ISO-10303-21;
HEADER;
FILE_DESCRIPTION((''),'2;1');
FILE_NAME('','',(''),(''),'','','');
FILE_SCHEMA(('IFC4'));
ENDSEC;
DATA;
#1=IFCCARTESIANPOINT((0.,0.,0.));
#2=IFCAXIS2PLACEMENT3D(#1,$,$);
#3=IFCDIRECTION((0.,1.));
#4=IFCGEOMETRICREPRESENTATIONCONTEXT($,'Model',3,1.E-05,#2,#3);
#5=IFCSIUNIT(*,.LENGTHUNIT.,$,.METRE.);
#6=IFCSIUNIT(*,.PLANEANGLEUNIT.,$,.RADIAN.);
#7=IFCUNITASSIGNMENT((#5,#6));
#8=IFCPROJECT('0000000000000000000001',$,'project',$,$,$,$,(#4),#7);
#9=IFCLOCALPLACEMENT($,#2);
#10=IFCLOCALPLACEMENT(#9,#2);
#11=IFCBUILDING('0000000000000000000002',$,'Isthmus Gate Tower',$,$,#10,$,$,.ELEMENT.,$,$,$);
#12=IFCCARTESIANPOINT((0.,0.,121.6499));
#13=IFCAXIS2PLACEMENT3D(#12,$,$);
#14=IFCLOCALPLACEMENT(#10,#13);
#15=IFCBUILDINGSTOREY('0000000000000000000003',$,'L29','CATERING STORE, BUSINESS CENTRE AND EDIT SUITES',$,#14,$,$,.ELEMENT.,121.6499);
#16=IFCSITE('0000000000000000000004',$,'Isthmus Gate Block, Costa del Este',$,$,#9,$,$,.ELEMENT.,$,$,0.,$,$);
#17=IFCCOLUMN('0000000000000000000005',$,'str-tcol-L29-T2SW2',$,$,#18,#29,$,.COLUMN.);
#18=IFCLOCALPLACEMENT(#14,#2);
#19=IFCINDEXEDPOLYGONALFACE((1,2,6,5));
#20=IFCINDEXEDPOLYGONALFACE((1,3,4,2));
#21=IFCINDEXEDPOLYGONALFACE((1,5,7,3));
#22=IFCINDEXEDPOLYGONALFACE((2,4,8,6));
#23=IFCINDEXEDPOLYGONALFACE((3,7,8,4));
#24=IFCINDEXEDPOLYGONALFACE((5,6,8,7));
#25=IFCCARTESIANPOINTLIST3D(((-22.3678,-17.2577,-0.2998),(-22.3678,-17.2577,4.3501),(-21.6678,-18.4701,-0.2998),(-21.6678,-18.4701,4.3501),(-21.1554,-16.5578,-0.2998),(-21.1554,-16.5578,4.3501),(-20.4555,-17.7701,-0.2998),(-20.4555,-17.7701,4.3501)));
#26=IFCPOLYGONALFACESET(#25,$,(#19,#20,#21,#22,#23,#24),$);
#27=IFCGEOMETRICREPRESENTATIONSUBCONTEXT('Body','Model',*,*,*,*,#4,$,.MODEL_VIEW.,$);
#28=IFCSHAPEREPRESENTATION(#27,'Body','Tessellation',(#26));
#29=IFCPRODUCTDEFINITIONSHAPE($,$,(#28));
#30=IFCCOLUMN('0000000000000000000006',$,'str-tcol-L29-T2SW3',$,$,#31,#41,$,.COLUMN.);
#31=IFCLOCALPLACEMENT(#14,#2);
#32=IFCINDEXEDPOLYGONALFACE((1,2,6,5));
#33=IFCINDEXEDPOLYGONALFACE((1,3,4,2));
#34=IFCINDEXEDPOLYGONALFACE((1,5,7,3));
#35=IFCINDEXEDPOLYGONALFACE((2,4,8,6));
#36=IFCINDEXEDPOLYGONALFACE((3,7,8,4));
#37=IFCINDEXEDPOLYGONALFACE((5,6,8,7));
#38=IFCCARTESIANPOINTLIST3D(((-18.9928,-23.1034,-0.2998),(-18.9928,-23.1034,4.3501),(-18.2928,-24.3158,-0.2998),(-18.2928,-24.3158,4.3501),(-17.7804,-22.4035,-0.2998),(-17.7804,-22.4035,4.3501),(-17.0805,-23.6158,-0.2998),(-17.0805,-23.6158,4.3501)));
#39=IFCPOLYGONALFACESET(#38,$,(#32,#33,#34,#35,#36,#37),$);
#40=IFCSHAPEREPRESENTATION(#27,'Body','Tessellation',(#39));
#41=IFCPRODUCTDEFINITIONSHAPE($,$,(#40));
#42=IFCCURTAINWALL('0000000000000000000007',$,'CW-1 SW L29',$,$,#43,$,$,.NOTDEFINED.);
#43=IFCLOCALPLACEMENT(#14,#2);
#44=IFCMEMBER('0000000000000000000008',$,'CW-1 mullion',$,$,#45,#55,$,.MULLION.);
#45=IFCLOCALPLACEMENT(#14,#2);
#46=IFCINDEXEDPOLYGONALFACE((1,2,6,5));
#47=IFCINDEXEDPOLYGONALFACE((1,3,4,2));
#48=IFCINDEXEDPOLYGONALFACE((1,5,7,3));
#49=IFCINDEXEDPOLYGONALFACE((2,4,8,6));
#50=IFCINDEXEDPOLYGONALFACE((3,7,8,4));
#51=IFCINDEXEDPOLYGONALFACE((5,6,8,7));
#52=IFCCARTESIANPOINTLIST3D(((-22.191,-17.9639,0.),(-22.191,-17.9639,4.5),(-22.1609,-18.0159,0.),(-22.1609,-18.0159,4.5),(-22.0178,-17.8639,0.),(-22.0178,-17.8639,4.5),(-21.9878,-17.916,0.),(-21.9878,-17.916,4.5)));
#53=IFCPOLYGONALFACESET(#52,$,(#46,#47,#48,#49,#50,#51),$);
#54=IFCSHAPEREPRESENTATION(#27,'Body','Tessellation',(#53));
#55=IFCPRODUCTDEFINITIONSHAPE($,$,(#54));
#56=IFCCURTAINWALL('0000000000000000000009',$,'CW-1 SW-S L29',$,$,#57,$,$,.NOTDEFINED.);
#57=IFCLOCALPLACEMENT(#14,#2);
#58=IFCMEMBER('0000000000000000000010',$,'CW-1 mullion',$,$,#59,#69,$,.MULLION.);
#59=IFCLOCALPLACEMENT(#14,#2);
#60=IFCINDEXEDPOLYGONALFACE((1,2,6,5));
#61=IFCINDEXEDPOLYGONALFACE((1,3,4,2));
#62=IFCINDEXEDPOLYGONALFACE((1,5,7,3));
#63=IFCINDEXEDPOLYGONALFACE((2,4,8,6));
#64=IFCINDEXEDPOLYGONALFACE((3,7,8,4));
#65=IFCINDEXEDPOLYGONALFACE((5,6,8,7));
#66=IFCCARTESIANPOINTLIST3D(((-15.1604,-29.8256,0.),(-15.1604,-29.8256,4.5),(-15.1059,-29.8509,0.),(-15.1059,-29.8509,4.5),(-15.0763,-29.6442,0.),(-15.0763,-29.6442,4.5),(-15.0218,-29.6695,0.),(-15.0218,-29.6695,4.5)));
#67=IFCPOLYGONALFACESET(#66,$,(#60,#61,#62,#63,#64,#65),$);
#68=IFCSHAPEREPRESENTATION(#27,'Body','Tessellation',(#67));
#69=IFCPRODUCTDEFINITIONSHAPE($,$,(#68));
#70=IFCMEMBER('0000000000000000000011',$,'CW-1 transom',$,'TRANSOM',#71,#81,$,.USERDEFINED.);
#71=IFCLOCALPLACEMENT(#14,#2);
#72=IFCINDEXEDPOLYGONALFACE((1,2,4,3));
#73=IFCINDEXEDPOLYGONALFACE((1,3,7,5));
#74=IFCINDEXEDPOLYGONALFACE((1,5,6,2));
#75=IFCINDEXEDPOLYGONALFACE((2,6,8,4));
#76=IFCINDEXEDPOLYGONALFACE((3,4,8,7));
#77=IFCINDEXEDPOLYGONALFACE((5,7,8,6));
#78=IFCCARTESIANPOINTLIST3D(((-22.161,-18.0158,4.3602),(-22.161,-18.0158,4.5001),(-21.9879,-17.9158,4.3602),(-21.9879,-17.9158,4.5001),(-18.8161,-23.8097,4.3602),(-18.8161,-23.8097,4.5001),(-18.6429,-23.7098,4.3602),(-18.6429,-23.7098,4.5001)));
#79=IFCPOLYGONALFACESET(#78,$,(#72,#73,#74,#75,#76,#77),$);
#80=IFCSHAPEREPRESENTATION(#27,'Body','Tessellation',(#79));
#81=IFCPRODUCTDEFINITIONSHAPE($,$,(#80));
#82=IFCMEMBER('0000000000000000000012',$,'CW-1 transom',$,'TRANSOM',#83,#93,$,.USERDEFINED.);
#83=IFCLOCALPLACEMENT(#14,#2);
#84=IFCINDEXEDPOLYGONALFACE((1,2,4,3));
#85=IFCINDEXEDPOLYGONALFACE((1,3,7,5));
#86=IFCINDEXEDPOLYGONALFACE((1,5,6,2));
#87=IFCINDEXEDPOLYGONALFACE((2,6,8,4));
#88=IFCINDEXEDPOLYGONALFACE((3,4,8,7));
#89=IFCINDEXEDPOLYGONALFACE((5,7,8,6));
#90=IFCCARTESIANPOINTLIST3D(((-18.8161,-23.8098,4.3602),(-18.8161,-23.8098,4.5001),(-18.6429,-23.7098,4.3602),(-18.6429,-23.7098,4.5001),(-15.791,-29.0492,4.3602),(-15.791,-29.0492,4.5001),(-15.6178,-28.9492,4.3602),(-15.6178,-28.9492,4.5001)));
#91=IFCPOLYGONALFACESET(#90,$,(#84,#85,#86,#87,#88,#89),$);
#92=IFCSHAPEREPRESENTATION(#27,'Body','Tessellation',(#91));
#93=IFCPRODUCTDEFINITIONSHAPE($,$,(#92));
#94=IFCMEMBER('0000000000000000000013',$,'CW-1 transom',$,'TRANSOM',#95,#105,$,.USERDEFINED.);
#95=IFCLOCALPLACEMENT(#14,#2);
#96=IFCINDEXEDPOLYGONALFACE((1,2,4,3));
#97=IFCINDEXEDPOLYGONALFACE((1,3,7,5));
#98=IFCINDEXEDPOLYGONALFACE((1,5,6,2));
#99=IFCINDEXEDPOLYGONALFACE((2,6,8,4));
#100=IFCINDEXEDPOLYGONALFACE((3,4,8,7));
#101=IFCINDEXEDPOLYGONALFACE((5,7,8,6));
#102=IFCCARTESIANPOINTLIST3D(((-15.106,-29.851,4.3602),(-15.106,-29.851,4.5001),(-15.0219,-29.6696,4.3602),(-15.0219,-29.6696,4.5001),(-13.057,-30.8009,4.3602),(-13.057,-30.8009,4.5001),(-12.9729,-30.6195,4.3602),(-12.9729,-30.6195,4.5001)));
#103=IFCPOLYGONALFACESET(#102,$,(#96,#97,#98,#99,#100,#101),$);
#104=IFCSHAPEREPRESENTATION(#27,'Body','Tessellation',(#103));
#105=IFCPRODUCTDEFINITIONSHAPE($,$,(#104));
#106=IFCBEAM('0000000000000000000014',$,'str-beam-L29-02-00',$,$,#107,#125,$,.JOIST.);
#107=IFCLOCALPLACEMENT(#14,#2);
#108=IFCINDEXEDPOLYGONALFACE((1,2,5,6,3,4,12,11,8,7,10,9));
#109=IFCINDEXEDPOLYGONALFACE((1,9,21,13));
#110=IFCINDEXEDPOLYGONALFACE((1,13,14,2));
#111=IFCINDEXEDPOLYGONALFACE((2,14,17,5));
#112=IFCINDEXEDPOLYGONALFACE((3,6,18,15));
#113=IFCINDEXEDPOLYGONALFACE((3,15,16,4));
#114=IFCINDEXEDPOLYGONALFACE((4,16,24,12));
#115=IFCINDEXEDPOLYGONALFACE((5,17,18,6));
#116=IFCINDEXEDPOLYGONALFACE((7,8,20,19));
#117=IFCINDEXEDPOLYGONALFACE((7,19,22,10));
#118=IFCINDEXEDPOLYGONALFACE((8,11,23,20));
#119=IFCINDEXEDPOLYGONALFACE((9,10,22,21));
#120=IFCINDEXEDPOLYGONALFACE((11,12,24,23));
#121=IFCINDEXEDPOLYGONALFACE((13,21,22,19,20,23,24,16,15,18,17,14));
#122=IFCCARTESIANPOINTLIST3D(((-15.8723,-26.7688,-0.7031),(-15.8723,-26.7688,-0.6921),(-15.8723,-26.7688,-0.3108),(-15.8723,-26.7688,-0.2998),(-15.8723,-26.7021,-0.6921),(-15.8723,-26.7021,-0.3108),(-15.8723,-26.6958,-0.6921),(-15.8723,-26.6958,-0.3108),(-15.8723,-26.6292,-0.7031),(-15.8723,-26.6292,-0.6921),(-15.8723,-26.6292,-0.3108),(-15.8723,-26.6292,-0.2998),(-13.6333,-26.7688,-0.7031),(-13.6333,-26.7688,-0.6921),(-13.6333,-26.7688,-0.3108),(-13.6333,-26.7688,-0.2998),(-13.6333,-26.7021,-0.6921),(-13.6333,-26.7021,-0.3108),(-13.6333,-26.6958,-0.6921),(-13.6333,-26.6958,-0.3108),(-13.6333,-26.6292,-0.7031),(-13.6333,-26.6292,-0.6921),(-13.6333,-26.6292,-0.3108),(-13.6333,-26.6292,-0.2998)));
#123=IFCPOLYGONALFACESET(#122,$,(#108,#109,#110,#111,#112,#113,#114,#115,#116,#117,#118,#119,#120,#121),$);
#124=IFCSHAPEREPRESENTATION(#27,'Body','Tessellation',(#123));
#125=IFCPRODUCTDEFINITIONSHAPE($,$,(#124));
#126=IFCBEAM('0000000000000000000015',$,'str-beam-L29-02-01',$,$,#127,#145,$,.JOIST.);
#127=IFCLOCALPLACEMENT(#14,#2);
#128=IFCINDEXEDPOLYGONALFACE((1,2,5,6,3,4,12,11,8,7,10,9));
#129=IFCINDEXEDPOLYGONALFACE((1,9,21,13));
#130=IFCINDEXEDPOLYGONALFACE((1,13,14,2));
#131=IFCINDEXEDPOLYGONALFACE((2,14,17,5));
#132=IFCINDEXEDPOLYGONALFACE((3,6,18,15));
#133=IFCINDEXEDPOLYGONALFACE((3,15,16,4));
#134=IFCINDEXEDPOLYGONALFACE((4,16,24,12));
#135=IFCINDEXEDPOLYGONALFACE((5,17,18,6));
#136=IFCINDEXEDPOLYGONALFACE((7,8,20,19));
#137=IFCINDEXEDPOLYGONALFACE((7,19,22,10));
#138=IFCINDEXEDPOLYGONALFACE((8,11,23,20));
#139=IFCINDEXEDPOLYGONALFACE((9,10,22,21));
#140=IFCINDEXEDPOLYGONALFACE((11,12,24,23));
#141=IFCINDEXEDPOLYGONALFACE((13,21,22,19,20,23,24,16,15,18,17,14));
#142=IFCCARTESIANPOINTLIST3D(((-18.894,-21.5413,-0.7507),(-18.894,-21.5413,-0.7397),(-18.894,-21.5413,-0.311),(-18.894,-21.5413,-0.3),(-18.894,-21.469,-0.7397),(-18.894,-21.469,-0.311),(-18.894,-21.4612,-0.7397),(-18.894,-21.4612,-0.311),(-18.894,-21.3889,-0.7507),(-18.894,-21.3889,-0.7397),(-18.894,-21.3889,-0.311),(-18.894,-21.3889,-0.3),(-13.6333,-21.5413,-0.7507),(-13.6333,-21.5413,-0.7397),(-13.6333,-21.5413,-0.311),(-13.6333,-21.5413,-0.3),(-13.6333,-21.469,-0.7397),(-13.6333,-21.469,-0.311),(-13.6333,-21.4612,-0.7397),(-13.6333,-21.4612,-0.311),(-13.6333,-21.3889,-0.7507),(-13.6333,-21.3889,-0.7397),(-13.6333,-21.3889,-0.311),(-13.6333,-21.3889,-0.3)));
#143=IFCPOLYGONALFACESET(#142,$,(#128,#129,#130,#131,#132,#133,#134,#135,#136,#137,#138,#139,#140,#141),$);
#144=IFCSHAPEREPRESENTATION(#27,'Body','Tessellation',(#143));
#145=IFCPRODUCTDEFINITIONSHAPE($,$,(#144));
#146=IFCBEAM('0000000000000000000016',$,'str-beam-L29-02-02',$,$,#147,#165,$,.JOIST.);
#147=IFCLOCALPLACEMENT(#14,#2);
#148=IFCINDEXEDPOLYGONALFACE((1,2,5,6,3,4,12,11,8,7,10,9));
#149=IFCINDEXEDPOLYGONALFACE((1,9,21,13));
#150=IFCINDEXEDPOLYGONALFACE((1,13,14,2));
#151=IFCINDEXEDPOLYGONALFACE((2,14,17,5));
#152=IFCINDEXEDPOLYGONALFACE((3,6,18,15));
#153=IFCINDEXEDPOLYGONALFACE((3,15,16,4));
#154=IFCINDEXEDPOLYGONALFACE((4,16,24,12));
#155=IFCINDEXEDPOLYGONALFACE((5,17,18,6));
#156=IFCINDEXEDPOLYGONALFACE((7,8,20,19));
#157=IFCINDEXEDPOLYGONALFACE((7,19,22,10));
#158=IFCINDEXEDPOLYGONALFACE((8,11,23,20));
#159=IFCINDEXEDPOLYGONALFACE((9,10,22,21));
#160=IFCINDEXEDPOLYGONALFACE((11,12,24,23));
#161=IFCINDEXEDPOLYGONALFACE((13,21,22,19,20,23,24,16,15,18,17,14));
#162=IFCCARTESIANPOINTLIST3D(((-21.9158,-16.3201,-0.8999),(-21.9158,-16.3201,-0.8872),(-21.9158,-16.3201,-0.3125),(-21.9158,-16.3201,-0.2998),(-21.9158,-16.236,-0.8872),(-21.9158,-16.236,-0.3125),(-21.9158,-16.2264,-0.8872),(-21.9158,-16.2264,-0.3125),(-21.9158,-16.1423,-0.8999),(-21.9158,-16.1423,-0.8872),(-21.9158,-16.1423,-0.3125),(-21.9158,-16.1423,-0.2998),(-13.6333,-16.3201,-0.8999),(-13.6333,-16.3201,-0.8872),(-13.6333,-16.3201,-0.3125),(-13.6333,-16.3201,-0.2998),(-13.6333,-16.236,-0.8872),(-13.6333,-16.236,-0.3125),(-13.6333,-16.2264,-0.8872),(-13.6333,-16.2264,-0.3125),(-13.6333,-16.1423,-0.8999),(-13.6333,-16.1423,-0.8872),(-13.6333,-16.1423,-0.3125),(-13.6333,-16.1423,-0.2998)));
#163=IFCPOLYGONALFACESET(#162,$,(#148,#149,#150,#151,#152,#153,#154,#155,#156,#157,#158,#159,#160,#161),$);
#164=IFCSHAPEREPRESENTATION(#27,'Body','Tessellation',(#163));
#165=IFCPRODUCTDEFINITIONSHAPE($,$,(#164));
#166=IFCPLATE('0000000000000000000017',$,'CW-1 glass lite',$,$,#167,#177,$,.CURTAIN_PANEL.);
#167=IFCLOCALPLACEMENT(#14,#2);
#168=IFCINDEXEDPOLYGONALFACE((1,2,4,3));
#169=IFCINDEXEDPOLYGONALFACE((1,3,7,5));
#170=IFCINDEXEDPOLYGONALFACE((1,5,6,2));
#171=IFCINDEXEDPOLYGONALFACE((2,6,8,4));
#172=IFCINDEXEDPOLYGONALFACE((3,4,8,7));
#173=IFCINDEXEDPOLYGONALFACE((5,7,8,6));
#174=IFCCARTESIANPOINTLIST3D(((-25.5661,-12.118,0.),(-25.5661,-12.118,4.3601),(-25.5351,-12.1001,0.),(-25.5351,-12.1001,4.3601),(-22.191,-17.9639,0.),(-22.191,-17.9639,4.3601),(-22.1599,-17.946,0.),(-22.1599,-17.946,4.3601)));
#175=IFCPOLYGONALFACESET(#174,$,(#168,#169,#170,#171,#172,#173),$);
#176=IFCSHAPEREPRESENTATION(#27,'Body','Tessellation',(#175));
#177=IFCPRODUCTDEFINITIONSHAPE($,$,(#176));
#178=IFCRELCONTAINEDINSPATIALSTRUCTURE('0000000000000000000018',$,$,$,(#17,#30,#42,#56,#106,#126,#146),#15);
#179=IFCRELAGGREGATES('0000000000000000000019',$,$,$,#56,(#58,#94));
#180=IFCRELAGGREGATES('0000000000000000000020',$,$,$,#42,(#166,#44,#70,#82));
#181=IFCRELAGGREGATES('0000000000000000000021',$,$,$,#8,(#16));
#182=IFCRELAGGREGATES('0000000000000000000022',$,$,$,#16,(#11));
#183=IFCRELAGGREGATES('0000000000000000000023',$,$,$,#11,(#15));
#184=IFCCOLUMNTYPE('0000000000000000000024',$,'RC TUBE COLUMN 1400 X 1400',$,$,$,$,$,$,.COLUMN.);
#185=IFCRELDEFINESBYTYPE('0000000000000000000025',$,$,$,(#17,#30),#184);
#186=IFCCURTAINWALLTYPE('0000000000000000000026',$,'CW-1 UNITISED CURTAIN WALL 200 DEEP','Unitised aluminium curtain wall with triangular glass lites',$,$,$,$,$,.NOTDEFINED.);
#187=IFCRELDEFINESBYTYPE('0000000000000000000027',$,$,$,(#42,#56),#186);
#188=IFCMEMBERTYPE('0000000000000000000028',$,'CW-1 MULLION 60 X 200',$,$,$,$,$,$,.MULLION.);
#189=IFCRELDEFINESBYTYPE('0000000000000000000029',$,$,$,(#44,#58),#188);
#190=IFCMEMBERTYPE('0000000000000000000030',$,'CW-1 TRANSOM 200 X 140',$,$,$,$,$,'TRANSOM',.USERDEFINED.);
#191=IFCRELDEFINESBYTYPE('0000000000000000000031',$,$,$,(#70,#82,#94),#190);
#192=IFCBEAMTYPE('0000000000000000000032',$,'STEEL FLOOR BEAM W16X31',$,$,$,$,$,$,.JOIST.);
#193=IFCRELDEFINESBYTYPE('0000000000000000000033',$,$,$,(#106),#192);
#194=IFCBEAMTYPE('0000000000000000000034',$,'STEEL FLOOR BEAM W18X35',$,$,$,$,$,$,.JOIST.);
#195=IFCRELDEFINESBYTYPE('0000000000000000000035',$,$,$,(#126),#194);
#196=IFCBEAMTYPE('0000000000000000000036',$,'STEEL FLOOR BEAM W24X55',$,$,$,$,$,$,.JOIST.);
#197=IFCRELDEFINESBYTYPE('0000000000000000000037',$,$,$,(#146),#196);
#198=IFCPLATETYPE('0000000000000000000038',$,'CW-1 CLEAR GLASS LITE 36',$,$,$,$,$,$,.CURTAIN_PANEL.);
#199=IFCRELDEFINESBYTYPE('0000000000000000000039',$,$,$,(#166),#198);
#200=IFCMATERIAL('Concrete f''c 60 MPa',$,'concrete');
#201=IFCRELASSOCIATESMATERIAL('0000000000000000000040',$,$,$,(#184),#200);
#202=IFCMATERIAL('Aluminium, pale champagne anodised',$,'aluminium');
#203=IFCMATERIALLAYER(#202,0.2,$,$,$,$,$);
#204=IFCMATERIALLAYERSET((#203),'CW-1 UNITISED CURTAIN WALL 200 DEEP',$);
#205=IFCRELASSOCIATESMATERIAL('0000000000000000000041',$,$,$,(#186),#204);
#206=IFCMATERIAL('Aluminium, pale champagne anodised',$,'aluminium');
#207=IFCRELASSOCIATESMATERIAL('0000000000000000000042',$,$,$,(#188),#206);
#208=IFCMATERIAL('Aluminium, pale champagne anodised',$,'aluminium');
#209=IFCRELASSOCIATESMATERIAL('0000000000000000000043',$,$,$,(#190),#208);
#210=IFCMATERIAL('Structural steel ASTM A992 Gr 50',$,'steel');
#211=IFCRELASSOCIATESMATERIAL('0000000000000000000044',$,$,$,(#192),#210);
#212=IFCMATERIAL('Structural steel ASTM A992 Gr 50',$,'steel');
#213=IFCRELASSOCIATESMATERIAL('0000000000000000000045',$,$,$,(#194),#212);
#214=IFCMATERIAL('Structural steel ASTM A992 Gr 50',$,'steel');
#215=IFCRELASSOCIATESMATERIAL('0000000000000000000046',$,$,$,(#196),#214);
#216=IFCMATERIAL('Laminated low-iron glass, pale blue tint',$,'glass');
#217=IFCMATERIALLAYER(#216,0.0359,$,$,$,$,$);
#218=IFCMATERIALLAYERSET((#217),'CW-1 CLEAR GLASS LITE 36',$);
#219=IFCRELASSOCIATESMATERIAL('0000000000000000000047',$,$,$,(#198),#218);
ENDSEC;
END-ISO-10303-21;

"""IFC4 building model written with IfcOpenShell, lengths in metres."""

from ifc_helpers import new_model, si_unit, direction, frame, origin, origin_2d, place, context, subcontext, project, spatial, rectangle, i_section, extrude, material, layer, layer_set, material_profile, profile_set, type_object, element, aggregate, save


model = new_model("IFC4")

# Units and contexts
model_context = context("Model", 3, precision=1e-05, world=origin(), true_north=direction((0.0, 1.0)))
body_context = subcontext(model_context, "Body", "Model", "MODEL_VIEW")
ifc_project = project(units=[si_unit("LENGTHUNIT", "METRE"), si_unit("PLANEANGLEUNIT", "RADIAN")], contexts=[model_context])

# Site, building, storey
site_placement = place(None, origin())
site = spatial("IfcSite", under=ifc_project, at=site_placement, Name="Isthmus Gate Block, Costa del Este", CompositionType="ELEMENT", RefElevation=0.0)
building_placement = place(site_placement, origin())
building = spatial("IfcBuilding", under=site, at=building_placement, Name="Isthmus Gate Tower", CompositionType="ELEMENT")
storey_placement = place(building_placement, frame((0.0, 0.0, 121.6499)))
storey = spatial("IfcBuildingStorey", under=building, at=storey_placement, Name="L29", Description="CATERING STORE, BUSINESS CENTRE AND EDIT SUITES", CompositionType="ELEMENT", Elevation=121.6499)

# Columns
ifc_material_1 = material(Name="Concrete f'c 60 MPa", Category="concrete")
ifc_material_profile_1 = material_profile(ifc_material_1, rectangle(XDim=1.3999, YDim=1.3999, at=origin_2d()), Name="RC 1400X1400")
ifc_profile_set_1 = profile_set([ifc_material_profile_1], Name="Concrete f'c 60 MPa")
column_type = type_object("IfcColumnType", Name="RC TUBE COLUMN 1400 X 1400", PredefinedType="COLUMN", material=ifc_profile_set_1)
for number, where, z_axis, x_axis, name in (
    (1, (-21.4116, -17.5139, -0.2998), (0.0, 0.0, 1.0), (0.5, -0.866025, 0.0), "str-tcol-L29-T2SW2"),
    (2, (-18.0366, -23.3596, -0.2998), (0.0, 0.0, 1.0), (0.5, -0.866025, 0.0), "str-tcol-L29-T2SW3"),
):
    element("IfcColumn", number, at=place(storey_placement, frame(where, z_axis=z_axis, x_axis=x_axis)), inside=storey, type_object=column_type, Name=name, PredefinedType="COLUMN", context=body_context, shape_type="SweptSolid", body=[
        extrude(rectangle(XDim=1.3999, YDim=1.3999, at=origin_2d()), origin(), (0.0, 0.0, 1.0), 4.6499),
    ])

# Curtain walls, members
ifc_material_2 = material(Name="Aluminium, pale champagne anodised", Category="aluminium")
ifc_layer_1 = layer(ifc_material_2, 0.2)
ifc_layer_set_1 = layer_set([ifc_layer_1], Name="CW-1 UNITISED CURTAIN WALL 200 DEEP")
curtain_wall_type = type_object("IfcCurtainWallType", Name="CW-1 UNITISED CURTAIN WALL 200 DEEP", Description="Unitised aluminium curtain wall with triangular glass lites", PredefinedType="NOTDEFINED", material=ifc_layer_set_1)
curtain_wall_1_placement = place(storey_placement, origin())
curtain_wall_1 = element("IfcCurtainWall", 3, at=curtain_wall_1_placement, inside=storey, type_object=curtain_wall_type, Name="CW-1 SW L29", PredefinedType="NOTDEFINED")
ifc_material_3 = material(Name="Aluminium, pale champagne anodised", Category="aluminium")
ifc_material_profile_2 = material_profile(ifc_material_3, rectangle(XDim=0.0601, YDim=0.2, at=origin_2d()), Name="60x200")
ifc_profile_set_2 = profile_set([ifc_material_profile_2], Name="Aluminium, pale champagne anodised")
member_type_1 = type_object("IfcMemberType", Name="CW-1 MULLION 60 X 200", PredefinedType="MULLION", material=ifc_profile_set_2)
member_1_placement = place(storey_placement, frame((-22.0894, -17.9399, 0.0), z_axis=(0.0, 0.0, 1.0), x_axis=(0.5, -0.866025, 0.0)))
member_1 = element("IfcMember", 4, at=member_1_placement, type_object=member_type_1, Name="CW-1 mullion", PredefinedType="MULLION", context=body_context, shape_type="SweptSolid", body=[
    extrude(rectangle(XDim=0.0601, YDim=0.2, at=origin_2d()), origin(), (0.0, 0.0, 1.0), 4.5),
])
curtain_wall_2_placement = place(storey_placement, origin())
curtain_wall_2 = element("IfcCurtainWall", 5, at=curtain_wall_2_placement, inside=storey, type_object=curtain_wall_type, Name="CW-1 SW-S L29", PredefinedType="NOTDEFINED")
member_2_placement = place(storey_placement, frame((-15.0911, -29.7476, 0.0), z_axis=(0.0, 0.0, 1.0), x_axis=(0.907256, -0.420578, 0.0)))
member_2 = element("IfcMember", 6, at=member_2_placement, type_object=member_type_1, Name="CW-1 mullion", PredefinedType="MULLION", context=body_context, shape_type="SweptSolid", body=[
    extrude(rectangle(XDim=0.0601, YDim=0.2, at=origin_2d()), origin(), (0.0, 0.0, 1.0), 4.5),
])

# Members
ifc_material_4 = material(Name="Aluminium, pale champagne anodised", Category="aluminium")
ifc_material_profile_3 = material_profile(ifc_material_4, rectangle(XDim=0.2, YDim=0.1399, at=origin_2d()), Name="200x140")
ifc_profile_set_3 = profile_set([ifc_material_profile_3], Name="Aluminium, pale champagne anodised")
member_type_2 = type_object("IfcMemberType", Name="CW-1 TRANSOM 200 X 140", ElementType="TRANSOM", PredefinedType="USERDEFINED", material=ifc_profile_set_3)
member_3_placement = place(storey_placement, frame((-22.0745, -17.9658, 4.4302), z_axis=(0.499981, -0.866036, 0.0), x_axis=(0.866036, 0.499981, 0.0)))
member_3 = element("IfcMember", 7, at=member_3_placement, type_object=member_type_2, Name="CW-1 transom", ObjectType="TRANSOM", PredefinedType="USERDEFINED", context=body_context, shape_type="SweptSolid", body=[
    extrude(rectangle(XDim=0.2, YDim=0.1399, at=origin_2d()), origin(), (0.0, 0.0, 1.0), 6.6902),
])
member_4_placement = place(storey_placement, frame((-18.7295, -23.7598, 4.4302), z_axis=(0.500015, -0.866017, 0.0), x_axis=(0.866017, 0.500015, 0.0)))
member_4 = element("IfcMember", 8, at=member_4_placement, type_object=member_type_2, Name="CW-1 transom", ObjectType="TRANSOM", PredefinedType="USERDEFINED", context=body_context, shape_type="SweptSolid", body=[
    extrude(rectangle(XDim=0.2, YDim=0.1399, at=origin_2d()), origin(), (0.0, 0.0, 1.0), 6.05),
])
member_5_placement = place(storey_placement, frame((-15.064, -29.7603, 4.4302), z_axis=(0.907246, -0.4206, 0.0), x_axis=(0.4206, 0.907246, 0.0)))
member_5 = element("IfcMember", 9, at=member_5_placement, type_object=member_type_2, Name="CW-1 transom", ObjectType="TRANSOM", PredefinedType="USERDEFINED", context=body_context, shape_type="SweptSolid", body=[
    extrude(rectangle(XDim=0.2, YDim=0.1399, at=origin_2d()), origin(), (0.0, 0.0, 1.0), 2.2585),
])
aggregate(curtain_wall_2, [member_2, member_5])

# Beams
ifc_material_5 = material(Name="Structural steel ASTM A992 Gr 50", Category="steel")
ifc_material_profile_4 = material_profile(ifc_material_5, i_section(OverallWidth=0.1396, OverallDepth=0.4033, WebThickness=0.0063, FlangeThickness=0.011, at=origin_2d()), Name="W16X31")
ifc_profile_set_4 = profile_set([ifc_material_profile_4], Name="Structural steel ASTM A992 Gr 50")
beam_type_1 = type_object("IfcBeamType", Name="STEEL FLOOR BEAM W16X31", PredefinedType="JOIST", material=ifc_profile_set_4)
beam_1_placement = place(storey_placement, frame((-15.8723, -26.699, -0.5015), z_axis=(1.0, 0.0, 0.0), x_axis=(0.0, 1.0, 0.0)))
element("IfcBeam", 10, at=beam_1_placement, inside=storey, type_object=beam_type_1, Name="str-beam-L29-02-00", PredefinedType="JOIST", context=body_context, shape_type="SweptSolid", body=[
    extrude(i_section(OverallWidth=0.1396, OverallDepth=0.4033, WebThickness=0.0063, FlangeThickness=0.011, at=origin_2d()), origin(), (0.0, 0.0, 1.0), 2.239),
])
ifc_material_6 = material(Name="Structural steel ASTM A992 Gr 50", Category="steel")
ifc_material_profile_5 = material_profile(ifc_material_6, i_section(OverallWidth=0.1523, OverallDepth=0.4507, WebThickness=0.0078, FlangeThickness=0.011, at=origin_2d()), Name="W18X35")
ifc_profile_set_5 = profile_set([ifc_material_profile_5], Name="Structural steel ASTM A992 Gr 50")
beam_type_2 = type_object("IfcBeamType", Name="STEEL FLOOR BEAM W18X35", PredefinedType="JOIST", material=ifc_profile_set_5)
beam_2_placement = place(storey_placement, frame((-18.894, -21.4651, -0.5254), z_axis=(1.0, 0.0, 0.0), x_axis=(0.0, 1.0, 0.0)))
element("IfcBeam", 11, at=beam_2_placement, inside=storey, type_object=beam_type_2, Name="str-beam-L29-02-01", PredefinedType="JOIST", context=body_context, shape_type="SweptSolid", body=[
    extrude(i_section(OverallWidth=0.1523, OverallDepth=0.4507, WebThickness=0.0078, FlangeThickness=0.011, at=origin_2d()), origin(), (0.0, 0.0, 1.0), 5.2607),
])
ifc_material_7 = material(Name="Structural steel ASTM A992 Gr 50", Category="steel")
ifc_material_profile_6 = material_profile(ifc_material_7, i_section(OverallWidth=0.1777, OverallDepth=0.6001, WebThickness=0.0095, FlangeThickness=0.0127, at=origin_2d()), Name="W24X55")
ifc_profile_set_6 = profile_set([ifc_material_profile_6], Name="Structural steel ASTM A992 Gr 50")
beam_type_3 = type_object("IfcBeamType", Name="STEEL FLOOR BEAM W24X55", PredefinedType="JOIST", material=ifc_profile_set_6)
beam_3_placement = place(storey_placement, frame((-21.9158, -16.2312, -0.5999), z_axis=(1.0, 0.0, 0.0), x_axis=(0.0, 1.0, 0.0)))
element("IfcBeam", 12, at=beam_3_placement, inside=storey, type_object=beam_type_3, Name="str-beam-L29-02-02", PredefinedType="JOIST", context=body_context, shape_type="SweptSolid", body=[
    extrude(i_section(OverallWidth=0.1777, OverallDepth=0.6001, WebThickness=0.0095, FlangeThickness=0.0127, at=origin_2d()), origin(), (0.0, 0.0, 1.0), 8.2825),
])

# Plate
ifc_material_8 = material(Name="Laminated low-iron glass, pale blue tint", Category="glass")
ifc_layer_2 = layer(ifc_material_8, 0.0359)
ifc_layer_set_2 = layer_set([ifc_layer_2], Name="CW-1 CLEAR GLASS LITE 36")
plate_type = type_object("IfcPlateType", Name="CW-1 CLEAR GLASS LITE 36", PredefinedType="CURTAIN_PANEL", material=ifc_layer_set_2)
plate_1_placement = place(storey_placement, frame((-23.863, -15.032, 0.0), z_axis=(0.0, 0.0, 1.0), x_axis=(0.5, -0.866025, 0.0)))
plate_1 = element("IfcPlate", 13, at=plate_1_placement, type_object=plate_type, Name="CW-1 glass lite", PredefinedType="CURTAIN_PANEL", context=body_context, shape_type="SweptSolid", body=[
    extrude(rectangle(XDim=6.7502, YDim=0.0359, at=origin_2d()), origin(), (0.0, 0.0, 1.0), 4.3601),
])
aggregate(curtain_wall_1, [plate_1, member_1, member_3, member_4])

save(model, "model.ifc")
